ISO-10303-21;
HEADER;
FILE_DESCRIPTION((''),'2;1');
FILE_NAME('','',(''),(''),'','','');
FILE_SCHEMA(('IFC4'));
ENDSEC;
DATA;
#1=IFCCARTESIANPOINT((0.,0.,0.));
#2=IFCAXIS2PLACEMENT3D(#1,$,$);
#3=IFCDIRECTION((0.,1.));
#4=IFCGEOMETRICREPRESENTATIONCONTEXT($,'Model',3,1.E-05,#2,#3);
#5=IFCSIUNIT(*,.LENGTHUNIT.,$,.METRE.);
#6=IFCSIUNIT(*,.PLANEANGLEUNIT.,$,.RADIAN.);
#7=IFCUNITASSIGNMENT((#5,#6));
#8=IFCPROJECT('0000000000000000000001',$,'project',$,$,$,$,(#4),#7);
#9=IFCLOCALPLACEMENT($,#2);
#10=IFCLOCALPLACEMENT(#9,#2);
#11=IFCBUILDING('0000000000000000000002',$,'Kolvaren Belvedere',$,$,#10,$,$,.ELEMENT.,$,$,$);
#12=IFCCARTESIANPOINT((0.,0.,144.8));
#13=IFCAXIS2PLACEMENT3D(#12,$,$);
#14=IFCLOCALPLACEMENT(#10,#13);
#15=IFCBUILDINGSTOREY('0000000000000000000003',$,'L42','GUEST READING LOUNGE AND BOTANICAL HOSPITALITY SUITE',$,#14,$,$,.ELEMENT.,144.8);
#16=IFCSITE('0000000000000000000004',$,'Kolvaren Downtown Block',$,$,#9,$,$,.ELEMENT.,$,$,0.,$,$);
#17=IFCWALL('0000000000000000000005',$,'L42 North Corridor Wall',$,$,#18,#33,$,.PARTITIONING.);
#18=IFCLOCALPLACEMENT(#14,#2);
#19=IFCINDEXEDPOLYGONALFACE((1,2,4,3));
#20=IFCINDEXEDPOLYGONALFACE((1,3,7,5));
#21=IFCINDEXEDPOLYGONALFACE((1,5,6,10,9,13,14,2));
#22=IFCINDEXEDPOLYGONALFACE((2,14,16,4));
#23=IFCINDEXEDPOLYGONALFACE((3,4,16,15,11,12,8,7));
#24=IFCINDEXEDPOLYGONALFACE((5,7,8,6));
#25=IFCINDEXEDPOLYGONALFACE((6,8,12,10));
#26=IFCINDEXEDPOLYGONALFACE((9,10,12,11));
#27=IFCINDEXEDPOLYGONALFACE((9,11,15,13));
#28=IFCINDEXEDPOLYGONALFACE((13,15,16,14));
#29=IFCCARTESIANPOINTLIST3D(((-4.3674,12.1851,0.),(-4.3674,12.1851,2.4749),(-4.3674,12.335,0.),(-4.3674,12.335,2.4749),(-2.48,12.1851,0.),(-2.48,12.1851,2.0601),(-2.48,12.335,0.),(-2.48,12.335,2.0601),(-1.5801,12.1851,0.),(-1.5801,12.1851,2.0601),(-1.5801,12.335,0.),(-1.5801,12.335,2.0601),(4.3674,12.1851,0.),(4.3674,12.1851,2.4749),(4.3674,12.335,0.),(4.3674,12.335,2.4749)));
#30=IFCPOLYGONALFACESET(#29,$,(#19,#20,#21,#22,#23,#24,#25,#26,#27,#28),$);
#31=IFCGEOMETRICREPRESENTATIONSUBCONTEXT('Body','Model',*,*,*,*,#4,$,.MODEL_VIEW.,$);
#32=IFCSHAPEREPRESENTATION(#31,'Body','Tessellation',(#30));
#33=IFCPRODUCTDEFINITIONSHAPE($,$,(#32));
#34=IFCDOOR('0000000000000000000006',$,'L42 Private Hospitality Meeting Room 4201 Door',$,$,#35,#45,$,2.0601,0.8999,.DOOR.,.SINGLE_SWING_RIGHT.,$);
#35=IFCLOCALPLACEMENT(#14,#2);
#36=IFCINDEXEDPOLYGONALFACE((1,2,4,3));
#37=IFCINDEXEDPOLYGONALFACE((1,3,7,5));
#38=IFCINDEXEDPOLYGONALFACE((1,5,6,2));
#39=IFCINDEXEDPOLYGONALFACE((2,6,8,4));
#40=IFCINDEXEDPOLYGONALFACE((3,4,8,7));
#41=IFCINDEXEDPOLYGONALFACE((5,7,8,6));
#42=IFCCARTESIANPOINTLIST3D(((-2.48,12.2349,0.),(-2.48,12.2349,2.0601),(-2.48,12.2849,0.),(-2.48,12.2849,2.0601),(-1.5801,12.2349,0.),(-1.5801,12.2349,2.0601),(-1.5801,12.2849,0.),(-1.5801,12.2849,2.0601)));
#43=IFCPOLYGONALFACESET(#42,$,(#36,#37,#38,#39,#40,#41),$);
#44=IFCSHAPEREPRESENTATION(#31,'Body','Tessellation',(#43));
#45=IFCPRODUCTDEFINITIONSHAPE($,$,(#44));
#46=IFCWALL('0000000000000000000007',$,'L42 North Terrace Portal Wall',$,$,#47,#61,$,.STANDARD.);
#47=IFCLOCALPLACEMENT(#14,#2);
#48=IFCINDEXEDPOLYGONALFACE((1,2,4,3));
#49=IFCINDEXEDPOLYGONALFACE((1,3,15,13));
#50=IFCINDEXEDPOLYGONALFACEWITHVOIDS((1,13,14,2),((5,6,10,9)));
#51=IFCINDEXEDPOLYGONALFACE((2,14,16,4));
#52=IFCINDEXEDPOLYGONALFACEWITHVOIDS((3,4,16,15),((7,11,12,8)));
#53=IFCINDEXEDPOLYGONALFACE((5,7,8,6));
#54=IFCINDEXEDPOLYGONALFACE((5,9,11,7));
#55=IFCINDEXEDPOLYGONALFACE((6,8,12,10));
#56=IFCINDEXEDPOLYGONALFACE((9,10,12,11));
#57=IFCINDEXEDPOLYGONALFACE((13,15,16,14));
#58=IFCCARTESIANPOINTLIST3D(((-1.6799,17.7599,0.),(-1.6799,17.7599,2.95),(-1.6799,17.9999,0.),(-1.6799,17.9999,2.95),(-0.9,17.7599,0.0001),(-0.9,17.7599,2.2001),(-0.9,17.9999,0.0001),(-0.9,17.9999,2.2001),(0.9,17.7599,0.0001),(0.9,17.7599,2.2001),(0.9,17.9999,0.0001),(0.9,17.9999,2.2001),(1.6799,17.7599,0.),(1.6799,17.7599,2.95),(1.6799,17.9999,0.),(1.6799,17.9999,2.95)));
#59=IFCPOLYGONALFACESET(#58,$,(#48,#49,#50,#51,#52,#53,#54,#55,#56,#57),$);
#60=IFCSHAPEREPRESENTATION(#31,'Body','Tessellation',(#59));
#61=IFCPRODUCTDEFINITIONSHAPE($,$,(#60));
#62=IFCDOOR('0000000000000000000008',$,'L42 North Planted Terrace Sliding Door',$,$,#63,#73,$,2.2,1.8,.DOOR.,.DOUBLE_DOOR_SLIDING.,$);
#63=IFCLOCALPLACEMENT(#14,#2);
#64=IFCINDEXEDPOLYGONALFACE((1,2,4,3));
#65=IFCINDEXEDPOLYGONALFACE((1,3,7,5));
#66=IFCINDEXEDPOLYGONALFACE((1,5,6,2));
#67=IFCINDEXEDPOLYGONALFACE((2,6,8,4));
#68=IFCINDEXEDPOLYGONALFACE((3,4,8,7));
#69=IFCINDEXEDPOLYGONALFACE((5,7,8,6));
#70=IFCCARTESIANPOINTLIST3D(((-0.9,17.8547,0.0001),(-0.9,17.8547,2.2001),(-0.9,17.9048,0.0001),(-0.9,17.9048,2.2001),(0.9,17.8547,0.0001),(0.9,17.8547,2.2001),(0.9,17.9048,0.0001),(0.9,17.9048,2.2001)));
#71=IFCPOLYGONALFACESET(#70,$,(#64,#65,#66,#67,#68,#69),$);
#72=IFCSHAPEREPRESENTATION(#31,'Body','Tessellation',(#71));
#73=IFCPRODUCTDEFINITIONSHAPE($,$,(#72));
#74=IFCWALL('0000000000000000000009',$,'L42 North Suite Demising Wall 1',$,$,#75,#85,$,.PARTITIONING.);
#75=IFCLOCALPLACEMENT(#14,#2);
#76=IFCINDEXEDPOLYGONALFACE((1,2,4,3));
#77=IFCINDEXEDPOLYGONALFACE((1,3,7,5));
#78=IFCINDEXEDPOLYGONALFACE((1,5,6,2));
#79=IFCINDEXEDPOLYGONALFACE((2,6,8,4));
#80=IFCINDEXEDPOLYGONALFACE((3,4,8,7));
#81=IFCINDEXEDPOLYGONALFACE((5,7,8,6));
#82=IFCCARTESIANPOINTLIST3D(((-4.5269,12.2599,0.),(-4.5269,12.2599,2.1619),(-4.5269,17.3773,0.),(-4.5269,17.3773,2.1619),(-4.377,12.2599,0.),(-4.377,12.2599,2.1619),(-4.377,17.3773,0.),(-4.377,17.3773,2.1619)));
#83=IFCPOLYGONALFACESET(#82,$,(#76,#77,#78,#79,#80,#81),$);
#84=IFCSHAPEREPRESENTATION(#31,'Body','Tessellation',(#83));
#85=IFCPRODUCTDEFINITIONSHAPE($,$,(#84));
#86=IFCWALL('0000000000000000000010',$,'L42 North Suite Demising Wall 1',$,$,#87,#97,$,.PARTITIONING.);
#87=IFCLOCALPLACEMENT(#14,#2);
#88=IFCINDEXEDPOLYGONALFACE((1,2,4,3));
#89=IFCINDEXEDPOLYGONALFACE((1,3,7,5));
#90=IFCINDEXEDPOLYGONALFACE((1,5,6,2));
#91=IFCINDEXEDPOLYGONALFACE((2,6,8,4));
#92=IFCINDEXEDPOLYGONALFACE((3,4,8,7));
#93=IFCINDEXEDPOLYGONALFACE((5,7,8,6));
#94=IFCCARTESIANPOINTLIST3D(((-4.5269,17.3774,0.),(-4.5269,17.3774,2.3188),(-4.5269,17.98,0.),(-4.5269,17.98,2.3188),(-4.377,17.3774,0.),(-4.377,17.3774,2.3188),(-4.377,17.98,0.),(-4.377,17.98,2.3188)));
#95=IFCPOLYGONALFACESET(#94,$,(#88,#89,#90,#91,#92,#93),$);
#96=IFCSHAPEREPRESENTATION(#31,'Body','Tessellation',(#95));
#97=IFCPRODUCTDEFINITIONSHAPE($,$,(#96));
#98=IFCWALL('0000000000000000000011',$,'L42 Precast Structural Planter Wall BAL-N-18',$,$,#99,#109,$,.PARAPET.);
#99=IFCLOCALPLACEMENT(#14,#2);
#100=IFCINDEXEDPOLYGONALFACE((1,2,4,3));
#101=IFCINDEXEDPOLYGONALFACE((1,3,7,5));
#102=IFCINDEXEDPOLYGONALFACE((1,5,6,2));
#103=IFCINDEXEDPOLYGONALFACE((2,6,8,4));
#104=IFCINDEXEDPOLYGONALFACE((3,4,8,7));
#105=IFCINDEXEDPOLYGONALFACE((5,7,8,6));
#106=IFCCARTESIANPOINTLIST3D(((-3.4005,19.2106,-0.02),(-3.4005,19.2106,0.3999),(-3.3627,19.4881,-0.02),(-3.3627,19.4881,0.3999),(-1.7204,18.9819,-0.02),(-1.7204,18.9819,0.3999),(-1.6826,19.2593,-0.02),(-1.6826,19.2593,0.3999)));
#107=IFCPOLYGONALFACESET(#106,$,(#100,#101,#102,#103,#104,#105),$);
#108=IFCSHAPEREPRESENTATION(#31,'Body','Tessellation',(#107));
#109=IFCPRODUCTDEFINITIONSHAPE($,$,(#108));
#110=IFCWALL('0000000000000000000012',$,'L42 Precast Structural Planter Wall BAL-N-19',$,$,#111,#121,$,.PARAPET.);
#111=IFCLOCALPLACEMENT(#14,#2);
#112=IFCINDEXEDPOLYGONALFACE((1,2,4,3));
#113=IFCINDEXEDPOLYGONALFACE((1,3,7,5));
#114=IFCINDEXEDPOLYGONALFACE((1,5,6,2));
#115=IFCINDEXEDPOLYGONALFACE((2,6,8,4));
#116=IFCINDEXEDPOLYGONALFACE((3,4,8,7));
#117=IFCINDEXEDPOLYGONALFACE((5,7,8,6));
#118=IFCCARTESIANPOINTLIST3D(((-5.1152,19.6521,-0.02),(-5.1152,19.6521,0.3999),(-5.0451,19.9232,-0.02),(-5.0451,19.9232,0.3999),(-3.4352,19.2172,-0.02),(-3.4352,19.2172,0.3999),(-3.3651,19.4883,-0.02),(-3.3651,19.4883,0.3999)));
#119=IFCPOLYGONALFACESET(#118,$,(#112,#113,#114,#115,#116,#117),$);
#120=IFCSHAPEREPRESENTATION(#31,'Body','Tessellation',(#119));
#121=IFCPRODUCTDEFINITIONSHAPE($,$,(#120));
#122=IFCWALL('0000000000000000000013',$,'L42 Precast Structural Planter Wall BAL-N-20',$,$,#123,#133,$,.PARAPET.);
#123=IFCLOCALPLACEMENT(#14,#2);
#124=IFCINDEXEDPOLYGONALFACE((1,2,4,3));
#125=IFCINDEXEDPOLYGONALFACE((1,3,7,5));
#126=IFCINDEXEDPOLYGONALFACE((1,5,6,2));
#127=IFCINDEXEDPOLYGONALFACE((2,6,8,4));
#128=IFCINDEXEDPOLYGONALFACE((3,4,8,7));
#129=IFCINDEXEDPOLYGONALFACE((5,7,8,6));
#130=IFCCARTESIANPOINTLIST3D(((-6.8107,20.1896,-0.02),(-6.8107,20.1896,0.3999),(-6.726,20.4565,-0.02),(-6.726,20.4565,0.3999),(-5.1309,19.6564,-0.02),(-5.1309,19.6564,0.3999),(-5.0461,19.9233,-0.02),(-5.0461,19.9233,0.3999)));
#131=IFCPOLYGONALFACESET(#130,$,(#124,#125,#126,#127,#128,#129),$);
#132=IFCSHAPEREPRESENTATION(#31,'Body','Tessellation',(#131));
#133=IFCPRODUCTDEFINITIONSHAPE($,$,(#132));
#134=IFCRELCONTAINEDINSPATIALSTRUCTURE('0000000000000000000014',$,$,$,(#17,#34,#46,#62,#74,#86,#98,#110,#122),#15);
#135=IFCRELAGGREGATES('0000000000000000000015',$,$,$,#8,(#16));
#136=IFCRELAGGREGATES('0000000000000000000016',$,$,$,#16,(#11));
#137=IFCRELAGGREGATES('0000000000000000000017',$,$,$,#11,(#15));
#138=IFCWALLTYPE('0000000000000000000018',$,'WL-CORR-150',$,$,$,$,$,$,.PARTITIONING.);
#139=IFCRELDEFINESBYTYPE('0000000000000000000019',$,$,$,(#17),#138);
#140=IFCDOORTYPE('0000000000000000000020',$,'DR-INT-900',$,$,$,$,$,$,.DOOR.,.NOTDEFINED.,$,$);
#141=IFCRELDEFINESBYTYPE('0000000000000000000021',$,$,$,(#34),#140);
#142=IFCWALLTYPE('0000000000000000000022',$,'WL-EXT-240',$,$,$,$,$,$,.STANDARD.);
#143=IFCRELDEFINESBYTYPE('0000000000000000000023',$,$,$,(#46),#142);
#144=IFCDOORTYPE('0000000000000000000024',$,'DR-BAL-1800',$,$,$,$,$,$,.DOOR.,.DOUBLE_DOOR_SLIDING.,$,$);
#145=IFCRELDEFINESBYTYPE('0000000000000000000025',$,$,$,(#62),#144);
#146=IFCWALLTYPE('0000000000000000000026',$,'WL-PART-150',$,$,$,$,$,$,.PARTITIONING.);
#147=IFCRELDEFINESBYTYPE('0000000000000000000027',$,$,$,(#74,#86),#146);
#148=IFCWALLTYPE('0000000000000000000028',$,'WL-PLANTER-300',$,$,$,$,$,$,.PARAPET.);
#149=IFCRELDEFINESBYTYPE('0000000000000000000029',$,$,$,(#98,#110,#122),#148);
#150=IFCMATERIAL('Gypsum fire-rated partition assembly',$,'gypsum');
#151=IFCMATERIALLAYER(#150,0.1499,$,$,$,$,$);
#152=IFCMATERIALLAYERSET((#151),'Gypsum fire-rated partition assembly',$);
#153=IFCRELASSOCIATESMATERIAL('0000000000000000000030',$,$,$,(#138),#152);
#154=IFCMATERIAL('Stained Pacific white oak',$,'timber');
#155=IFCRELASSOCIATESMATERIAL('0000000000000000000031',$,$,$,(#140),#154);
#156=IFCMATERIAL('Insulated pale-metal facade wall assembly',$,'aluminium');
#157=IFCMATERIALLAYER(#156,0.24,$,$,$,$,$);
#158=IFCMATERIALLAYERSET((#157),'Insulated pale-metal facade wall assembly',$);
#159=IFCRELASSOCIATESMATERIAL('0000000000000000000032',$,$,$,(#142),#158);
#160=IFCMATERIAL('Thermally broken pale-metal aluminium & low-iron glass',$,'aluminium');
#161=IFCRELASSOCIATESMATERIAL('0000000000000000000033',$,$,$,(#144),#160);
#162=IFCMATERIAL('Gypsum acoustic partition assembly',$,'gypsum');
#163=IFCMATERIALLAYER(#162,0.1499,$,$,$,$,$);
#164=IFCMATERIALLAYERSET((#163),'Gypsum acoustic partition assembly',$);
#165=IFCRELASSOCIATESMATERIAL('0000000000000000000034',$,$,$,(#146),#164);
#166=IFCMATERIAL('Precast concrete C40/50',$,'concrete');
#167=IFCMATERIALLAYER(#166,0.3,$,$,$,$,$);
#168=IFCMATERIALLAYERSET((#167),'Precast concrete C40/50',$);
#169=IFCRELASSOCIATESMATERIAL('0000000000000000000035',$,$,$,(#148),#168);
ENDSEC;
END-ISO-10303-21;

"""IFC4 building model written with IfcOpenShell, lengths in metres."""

from ifc_helpers import new_model, si_unit, direction, frame, frame_2d, origin, place, context, subcontext, project, spatial, rectangle, extrude, material, layer, layer_set, type_object, element, fill, save


model = new_model("IFC4")

# Units and contexts
model_context = context("Model", 3, precision=1e-05, world=origin(), true_north=direction((0.0, 1.0)))
body_context = subcontext(model_context, "Body", "Model", "MODEL_VIEW")
ifc_project = project(units=[si_unit("LENGTHUNIT", "METRE"), si_unit("PLANEANGLEUNIT", "RADIAN")], contexts=[model_context])

# Site, building, storey
site_placement = place(None, origin())
site = spatial("IfcSite", under=ifc_project, at=site_placement, Name="Kolvaren Downtown Block", CompositionType="ELEMENT", RefElevation=0.0)
building_placement = place(site_placement, origin())
building = spatial("IfcBuilding", under=site, at=building_placement, Name="Kolvaren Belvedere", CompositionType="ELEMENT")
storey_placement = place(building_placement, frame((0.0, 0.0, 144.8)))
storey = spatial("IfcBuildingStorey", under=building, at=storey_placement, Name="L42", Description="GUEST READING LOUNGE AND BOTANICAL HOSPITALITY SUITE", CompositionType="ELEMENT", Elevation=144.8)

# Shared definitions
ifc_material_1 = material(Name="Gypsum fire-rated partition assembly", Category="gypsum")
ifc_layer_1 = layer(ifc_material_1, 0.1499)
ifc_layer_set_1 = layer_set([ifc_layer_1], Name="Gypsum fire-rated partition assembly")
wall_type_1 = type_object("IfcWallType", Name="WL-CORR-150", PredefinedType="PARTITIONING", material=ifc_layer_set_1)

# Walls, openings, doors
wall_1_placement = place(storey_placement, frame((-4.3674, 12.26, 0.0), z_axis=(0.0, 0.0, 1.0), x_axis=(1.0, 0.0, 0.0)))
wall_1 = element("IfcWall", 1, at=wall_1_placement, inside=storey, type_object=wall_type_1, Name="L42 North Corridor Wall", PredefinedType="PARTITIONING", context=body_context, shape_type="SweptSolid", body=[
    extrude(rectangle(XDim=8.7349, YDim=0.1499, at=frame_2d((4.3674, 0.0))), origin(), (0.0, 0.0, 1.0), 2.4749),
])
opening_1_placement = place(wall_1_placement, frame((1.8875, 0.0, 0.0)))
opening_1 = element("IfcOpeningElement", 2, at=opening_1_placement, cuts=wall_1, PredefinedType="OPENING", context=body_context, shape_type="SweptSolid", body=[
    extrude(rectangle(XDim=0.8999, YDim=2.0601, at=frame_2d((0.45, 1.03))), frame((0.0, 0.085, 0.0), z_axis=(0.0, -1.0, 0.0), x_axis=(1.0, 0.0, 0.0)), (0.0, 0.0, 1.0), 0.1699),
])
ifc_material_2 = material(Name="Stained Pacific white oak", Category="timber")
door_type_1 = type_object("IfcDoorType", Name="DR-INT-900", OperationType="NOTDEFINED", PredefinedType="DOOR", material=ifc_material_2)
door_1_placement = place(opening_1_placement, origin())
door_1 = element("IfcDoor", 3, at=door_1_placement, inside=storey, type_object=door_type_1, Name="L42 Private Hospitality Meeting Room 4201 Door", OperationType="SINGLE_SWING_RIGHT", OverallHeight=2.0601, OverallWidth=0.8999, PredefinedType="DOOR", context=body_context, shape_type="SweptSolid", body=[
    extrude(rectangle(XDim=0.8999, YDim=2.0601, at=frame_2d((0.45, 1.03))), frame((0.0, 0.0249, 0.0), z_axis=(0.0, -1.0, 0.0), x_axis=(1.0, 0.0, 0.0)), (0.0, 0.0, 1.0), 0.05),
])
fill(opening_1, door_1)
ifc_material_3 = material(Name="Insulated pale-metal facade wall assembly", Category="aluminium")
ifc_layer_2 = layer(ifc_material_3, 0.24)
ifc_layer_set_2 = layer_set([ifc_layer_2], Name="Insulated pale-metal facade wall assembly")
wall_type_2 = type_object("IfcWallType", Name="WL-EXT-240", PredefinedType="STANDARD", material=ifc_layer_set_2)
wall_2_placement = place(storey_placement, frame((-1.6799, 17.8799, 0.0), z_axis=(0.0, 0.0, 1.0), x_axis=(1.0, 0.0, 0.0)))
wall_2 = element("IfcWall", 4, at=wall_2_placement, inside=storey, type_object=wall_type_2, Name="L42 North Terrace Portal Wall", PredefinedType="STANDARD", context=body_context, shape_type="SweptSolid", body=[
    extrude(rectangle(XDim=3.3599, YDim=0.24, at=frame_2d((1.6799, 0.0))), origin(), (0.0, 0.0, 1.0), 2.95),
])
opening_2_placement = place(wall_2_placement, frame((0.78, 0.0, 0.0)))
opening_2 = element("IfcOpeningElement", 5, at=opening_2_placement, cuts=wall_2, PredefinedType="OPENING", context=body_context, shape_type="SweptSolid", body=[
    extrude(rectangle(XDim=1.8, YDim=2.2, at=frame_2d((0.8999, 1.1001))), frame((0.0, 0.1299, 0.0), z_axis=(0.0, -1.0, 0.0), x_axis=(1.0, 0.0, 0.0)), (0.0, 0.0, 1.0), 0.26),
])
ifc_material_4 = material(Name="Thermally broken pale-metal aluminium & low-iron glass", Category="aluminium")
door_type_2 = type_object("IfcDoorType", Name="DR-BAL-1800", OperationType="DOUBLE_DOOR_SLIDING", PredefinedType="DOOR", material=ifc_material_4)
door_2_placement = place(opening_2_placement, origin())
door_2 = element("IfcDoor", 6, at=door_2_placement, inside=storey, type_object=door_type_2, Name="L42 North Planted Terrace Sliding Door", OperationType="DOUBLE_DOOR_SLIDING", OverallHeight=2.2, OverallWidth=1.8, PredefinedType="DOOR", context=body_context, shape_type="SweptSolid", body=[
    extrude(rectangle(XDim=1.8, YDim=2.2, at=frame_2d((0.8999, 1.1001))), frame((0.0, 0.0249, 0.0), z_axis=(0.0, -1.0, 0.0), x_axis=(1.0, 0.0, 0.0)), (0.0, 0.0, 1.0), 0.05),
])
fill(opening_2, door_2)

# Walls
ifc_material_5 = material(Name="Gypsum acoustic partition assembly", Category="gypsum")
ifc_layer_3 = layer(ifc_material_5, 0.1499)
ifc_layer_set_3 = layer_set([ifc_layer_3], Name="Gypsum acoustic partition assembly")
wall_type_3 = type_object("IfcWallType", Name="WL-PART-150", PredefinedType="PARTITIONING", material=ifc_layer_set_3)
wall_3_placement = place(storey_placement, frame((-4.4519, 12.26, 0.0), z_axis=(0.0, 0.0, 1.0), x_axis=(0.0, 1.0, 0.0)))
element("IfcWall", 7, at=wall_3_placement, inside=storey, type_object=wall_type_3, Name="L42 North Suite Demising Wall 1", PredefinedType="PARTITIONING", context=body_context, shape_type="SweptSolid", body=[
    extrude(rectangle(XDim=5.1174, YDim=0.1499, at=frame_2d((2.5586, 0.0))), origin(), (0.0, 0.0, 1.0), 2.1619),
])
wall_4_placement = place(storey_placement, frame((-4.4519, 17.3774, 0.0), z_axis=(0.0, 0.0, 1.0), x_axis=(0.0, 1.0, 0.0)))
element("IfcWall", 8, at=wall_4_placement, inside=storey, type_object=wall_type_3, Name="L42 North Suite Demising Wall 1", PredefinedType="PARTITIONING", context=body_context, shape_type="SweptSolid", body=[
    extrude(rectangle(XDim=0.6025, YDim=0.1499, at=frame_2d((0.3013, 0.0))), origin(), (0.0, 0.0, 1.0), 2.3188),
])
ifc_material_6 = material(Name="Precast concrete C40/50", Category="concrete")
ifc_layer_4 = layer(ifc_material_6, 0.3)
ifc_layer_set_4 = layer_set([ifc_layer_4], Name="Precast concrete C40/50")
wall_type_4 = type_object("IfcWallType", Name="WL-PLANTER-300", PredefinedType="PARAPET", material=ifc_layer_set_4)
wall_5_placement = place(storey_placement, frame((-1.7017, 19.1206, -0.02), z_axis=(0.0, 0.0, 1.0), x_axis=(-0.990856, 0.134927, 0.0)))
element("IfcWall", 9, at=wall_5_placement, inside=storey, type_object=wall_type_4, Name="L42 Precast Structural Planter Wall BAL-N-18", PredefinedType="PARAPET", context=body_context, shape_type="SweptSolid", body=[
    extrude(rectangle(XDim=1.6956, YDim=0.28, at=frame_2d((0.8477, 0.0))), origin(), (0.0, 0.0, 1.0), 0.4199),
])
wall_6_placement = place(storey_placement, frame((-3.4001, 19.3528, -0.02), z_axis=(0.0, 0.0, 1.0), x_axis=(-0.968098, 0.250572, 0.0)))
element("IfcWall", 10, at=wall_6_placement, inside=storey, type_object=wall_type_4, Name="L42 Precast Structural Planter Wall BAL-N-19", PredefinedType="PARAPET", context=body_context, shape_type="SweptSolid", body=[
    extrude(rectangle(XDim=1.7354, YDim=0.28, at=frame_2d((0.8677, 0.0))), origin(), (0.0, 0.0, 1.0), 0.4199),
])
wall_7_placement = place(storey_placement, frame((-5.0884, 19.7898, -0.02), z_axis=(0.0, 0.0, 1.0), x_axis=(-0.953142, 0.302523, 0.0)))
element("IfcWall", 11, at=wall_7_placement, inside=storey, type_object=wall_type_4, Name="L42 Precast Structural Planter Wall BAL-N-20", PredefinedType="PARAPET", context=body_context, shape_type="SweptSolid", body=[
    extrude(rectangle(XDim=1.7625, YDim=0.28, at=frame_2d((0.8813, 0.0))), origin(), (0.0, 0.0, 1.0), 0.4199),
])

save(model, "model.ifc")
